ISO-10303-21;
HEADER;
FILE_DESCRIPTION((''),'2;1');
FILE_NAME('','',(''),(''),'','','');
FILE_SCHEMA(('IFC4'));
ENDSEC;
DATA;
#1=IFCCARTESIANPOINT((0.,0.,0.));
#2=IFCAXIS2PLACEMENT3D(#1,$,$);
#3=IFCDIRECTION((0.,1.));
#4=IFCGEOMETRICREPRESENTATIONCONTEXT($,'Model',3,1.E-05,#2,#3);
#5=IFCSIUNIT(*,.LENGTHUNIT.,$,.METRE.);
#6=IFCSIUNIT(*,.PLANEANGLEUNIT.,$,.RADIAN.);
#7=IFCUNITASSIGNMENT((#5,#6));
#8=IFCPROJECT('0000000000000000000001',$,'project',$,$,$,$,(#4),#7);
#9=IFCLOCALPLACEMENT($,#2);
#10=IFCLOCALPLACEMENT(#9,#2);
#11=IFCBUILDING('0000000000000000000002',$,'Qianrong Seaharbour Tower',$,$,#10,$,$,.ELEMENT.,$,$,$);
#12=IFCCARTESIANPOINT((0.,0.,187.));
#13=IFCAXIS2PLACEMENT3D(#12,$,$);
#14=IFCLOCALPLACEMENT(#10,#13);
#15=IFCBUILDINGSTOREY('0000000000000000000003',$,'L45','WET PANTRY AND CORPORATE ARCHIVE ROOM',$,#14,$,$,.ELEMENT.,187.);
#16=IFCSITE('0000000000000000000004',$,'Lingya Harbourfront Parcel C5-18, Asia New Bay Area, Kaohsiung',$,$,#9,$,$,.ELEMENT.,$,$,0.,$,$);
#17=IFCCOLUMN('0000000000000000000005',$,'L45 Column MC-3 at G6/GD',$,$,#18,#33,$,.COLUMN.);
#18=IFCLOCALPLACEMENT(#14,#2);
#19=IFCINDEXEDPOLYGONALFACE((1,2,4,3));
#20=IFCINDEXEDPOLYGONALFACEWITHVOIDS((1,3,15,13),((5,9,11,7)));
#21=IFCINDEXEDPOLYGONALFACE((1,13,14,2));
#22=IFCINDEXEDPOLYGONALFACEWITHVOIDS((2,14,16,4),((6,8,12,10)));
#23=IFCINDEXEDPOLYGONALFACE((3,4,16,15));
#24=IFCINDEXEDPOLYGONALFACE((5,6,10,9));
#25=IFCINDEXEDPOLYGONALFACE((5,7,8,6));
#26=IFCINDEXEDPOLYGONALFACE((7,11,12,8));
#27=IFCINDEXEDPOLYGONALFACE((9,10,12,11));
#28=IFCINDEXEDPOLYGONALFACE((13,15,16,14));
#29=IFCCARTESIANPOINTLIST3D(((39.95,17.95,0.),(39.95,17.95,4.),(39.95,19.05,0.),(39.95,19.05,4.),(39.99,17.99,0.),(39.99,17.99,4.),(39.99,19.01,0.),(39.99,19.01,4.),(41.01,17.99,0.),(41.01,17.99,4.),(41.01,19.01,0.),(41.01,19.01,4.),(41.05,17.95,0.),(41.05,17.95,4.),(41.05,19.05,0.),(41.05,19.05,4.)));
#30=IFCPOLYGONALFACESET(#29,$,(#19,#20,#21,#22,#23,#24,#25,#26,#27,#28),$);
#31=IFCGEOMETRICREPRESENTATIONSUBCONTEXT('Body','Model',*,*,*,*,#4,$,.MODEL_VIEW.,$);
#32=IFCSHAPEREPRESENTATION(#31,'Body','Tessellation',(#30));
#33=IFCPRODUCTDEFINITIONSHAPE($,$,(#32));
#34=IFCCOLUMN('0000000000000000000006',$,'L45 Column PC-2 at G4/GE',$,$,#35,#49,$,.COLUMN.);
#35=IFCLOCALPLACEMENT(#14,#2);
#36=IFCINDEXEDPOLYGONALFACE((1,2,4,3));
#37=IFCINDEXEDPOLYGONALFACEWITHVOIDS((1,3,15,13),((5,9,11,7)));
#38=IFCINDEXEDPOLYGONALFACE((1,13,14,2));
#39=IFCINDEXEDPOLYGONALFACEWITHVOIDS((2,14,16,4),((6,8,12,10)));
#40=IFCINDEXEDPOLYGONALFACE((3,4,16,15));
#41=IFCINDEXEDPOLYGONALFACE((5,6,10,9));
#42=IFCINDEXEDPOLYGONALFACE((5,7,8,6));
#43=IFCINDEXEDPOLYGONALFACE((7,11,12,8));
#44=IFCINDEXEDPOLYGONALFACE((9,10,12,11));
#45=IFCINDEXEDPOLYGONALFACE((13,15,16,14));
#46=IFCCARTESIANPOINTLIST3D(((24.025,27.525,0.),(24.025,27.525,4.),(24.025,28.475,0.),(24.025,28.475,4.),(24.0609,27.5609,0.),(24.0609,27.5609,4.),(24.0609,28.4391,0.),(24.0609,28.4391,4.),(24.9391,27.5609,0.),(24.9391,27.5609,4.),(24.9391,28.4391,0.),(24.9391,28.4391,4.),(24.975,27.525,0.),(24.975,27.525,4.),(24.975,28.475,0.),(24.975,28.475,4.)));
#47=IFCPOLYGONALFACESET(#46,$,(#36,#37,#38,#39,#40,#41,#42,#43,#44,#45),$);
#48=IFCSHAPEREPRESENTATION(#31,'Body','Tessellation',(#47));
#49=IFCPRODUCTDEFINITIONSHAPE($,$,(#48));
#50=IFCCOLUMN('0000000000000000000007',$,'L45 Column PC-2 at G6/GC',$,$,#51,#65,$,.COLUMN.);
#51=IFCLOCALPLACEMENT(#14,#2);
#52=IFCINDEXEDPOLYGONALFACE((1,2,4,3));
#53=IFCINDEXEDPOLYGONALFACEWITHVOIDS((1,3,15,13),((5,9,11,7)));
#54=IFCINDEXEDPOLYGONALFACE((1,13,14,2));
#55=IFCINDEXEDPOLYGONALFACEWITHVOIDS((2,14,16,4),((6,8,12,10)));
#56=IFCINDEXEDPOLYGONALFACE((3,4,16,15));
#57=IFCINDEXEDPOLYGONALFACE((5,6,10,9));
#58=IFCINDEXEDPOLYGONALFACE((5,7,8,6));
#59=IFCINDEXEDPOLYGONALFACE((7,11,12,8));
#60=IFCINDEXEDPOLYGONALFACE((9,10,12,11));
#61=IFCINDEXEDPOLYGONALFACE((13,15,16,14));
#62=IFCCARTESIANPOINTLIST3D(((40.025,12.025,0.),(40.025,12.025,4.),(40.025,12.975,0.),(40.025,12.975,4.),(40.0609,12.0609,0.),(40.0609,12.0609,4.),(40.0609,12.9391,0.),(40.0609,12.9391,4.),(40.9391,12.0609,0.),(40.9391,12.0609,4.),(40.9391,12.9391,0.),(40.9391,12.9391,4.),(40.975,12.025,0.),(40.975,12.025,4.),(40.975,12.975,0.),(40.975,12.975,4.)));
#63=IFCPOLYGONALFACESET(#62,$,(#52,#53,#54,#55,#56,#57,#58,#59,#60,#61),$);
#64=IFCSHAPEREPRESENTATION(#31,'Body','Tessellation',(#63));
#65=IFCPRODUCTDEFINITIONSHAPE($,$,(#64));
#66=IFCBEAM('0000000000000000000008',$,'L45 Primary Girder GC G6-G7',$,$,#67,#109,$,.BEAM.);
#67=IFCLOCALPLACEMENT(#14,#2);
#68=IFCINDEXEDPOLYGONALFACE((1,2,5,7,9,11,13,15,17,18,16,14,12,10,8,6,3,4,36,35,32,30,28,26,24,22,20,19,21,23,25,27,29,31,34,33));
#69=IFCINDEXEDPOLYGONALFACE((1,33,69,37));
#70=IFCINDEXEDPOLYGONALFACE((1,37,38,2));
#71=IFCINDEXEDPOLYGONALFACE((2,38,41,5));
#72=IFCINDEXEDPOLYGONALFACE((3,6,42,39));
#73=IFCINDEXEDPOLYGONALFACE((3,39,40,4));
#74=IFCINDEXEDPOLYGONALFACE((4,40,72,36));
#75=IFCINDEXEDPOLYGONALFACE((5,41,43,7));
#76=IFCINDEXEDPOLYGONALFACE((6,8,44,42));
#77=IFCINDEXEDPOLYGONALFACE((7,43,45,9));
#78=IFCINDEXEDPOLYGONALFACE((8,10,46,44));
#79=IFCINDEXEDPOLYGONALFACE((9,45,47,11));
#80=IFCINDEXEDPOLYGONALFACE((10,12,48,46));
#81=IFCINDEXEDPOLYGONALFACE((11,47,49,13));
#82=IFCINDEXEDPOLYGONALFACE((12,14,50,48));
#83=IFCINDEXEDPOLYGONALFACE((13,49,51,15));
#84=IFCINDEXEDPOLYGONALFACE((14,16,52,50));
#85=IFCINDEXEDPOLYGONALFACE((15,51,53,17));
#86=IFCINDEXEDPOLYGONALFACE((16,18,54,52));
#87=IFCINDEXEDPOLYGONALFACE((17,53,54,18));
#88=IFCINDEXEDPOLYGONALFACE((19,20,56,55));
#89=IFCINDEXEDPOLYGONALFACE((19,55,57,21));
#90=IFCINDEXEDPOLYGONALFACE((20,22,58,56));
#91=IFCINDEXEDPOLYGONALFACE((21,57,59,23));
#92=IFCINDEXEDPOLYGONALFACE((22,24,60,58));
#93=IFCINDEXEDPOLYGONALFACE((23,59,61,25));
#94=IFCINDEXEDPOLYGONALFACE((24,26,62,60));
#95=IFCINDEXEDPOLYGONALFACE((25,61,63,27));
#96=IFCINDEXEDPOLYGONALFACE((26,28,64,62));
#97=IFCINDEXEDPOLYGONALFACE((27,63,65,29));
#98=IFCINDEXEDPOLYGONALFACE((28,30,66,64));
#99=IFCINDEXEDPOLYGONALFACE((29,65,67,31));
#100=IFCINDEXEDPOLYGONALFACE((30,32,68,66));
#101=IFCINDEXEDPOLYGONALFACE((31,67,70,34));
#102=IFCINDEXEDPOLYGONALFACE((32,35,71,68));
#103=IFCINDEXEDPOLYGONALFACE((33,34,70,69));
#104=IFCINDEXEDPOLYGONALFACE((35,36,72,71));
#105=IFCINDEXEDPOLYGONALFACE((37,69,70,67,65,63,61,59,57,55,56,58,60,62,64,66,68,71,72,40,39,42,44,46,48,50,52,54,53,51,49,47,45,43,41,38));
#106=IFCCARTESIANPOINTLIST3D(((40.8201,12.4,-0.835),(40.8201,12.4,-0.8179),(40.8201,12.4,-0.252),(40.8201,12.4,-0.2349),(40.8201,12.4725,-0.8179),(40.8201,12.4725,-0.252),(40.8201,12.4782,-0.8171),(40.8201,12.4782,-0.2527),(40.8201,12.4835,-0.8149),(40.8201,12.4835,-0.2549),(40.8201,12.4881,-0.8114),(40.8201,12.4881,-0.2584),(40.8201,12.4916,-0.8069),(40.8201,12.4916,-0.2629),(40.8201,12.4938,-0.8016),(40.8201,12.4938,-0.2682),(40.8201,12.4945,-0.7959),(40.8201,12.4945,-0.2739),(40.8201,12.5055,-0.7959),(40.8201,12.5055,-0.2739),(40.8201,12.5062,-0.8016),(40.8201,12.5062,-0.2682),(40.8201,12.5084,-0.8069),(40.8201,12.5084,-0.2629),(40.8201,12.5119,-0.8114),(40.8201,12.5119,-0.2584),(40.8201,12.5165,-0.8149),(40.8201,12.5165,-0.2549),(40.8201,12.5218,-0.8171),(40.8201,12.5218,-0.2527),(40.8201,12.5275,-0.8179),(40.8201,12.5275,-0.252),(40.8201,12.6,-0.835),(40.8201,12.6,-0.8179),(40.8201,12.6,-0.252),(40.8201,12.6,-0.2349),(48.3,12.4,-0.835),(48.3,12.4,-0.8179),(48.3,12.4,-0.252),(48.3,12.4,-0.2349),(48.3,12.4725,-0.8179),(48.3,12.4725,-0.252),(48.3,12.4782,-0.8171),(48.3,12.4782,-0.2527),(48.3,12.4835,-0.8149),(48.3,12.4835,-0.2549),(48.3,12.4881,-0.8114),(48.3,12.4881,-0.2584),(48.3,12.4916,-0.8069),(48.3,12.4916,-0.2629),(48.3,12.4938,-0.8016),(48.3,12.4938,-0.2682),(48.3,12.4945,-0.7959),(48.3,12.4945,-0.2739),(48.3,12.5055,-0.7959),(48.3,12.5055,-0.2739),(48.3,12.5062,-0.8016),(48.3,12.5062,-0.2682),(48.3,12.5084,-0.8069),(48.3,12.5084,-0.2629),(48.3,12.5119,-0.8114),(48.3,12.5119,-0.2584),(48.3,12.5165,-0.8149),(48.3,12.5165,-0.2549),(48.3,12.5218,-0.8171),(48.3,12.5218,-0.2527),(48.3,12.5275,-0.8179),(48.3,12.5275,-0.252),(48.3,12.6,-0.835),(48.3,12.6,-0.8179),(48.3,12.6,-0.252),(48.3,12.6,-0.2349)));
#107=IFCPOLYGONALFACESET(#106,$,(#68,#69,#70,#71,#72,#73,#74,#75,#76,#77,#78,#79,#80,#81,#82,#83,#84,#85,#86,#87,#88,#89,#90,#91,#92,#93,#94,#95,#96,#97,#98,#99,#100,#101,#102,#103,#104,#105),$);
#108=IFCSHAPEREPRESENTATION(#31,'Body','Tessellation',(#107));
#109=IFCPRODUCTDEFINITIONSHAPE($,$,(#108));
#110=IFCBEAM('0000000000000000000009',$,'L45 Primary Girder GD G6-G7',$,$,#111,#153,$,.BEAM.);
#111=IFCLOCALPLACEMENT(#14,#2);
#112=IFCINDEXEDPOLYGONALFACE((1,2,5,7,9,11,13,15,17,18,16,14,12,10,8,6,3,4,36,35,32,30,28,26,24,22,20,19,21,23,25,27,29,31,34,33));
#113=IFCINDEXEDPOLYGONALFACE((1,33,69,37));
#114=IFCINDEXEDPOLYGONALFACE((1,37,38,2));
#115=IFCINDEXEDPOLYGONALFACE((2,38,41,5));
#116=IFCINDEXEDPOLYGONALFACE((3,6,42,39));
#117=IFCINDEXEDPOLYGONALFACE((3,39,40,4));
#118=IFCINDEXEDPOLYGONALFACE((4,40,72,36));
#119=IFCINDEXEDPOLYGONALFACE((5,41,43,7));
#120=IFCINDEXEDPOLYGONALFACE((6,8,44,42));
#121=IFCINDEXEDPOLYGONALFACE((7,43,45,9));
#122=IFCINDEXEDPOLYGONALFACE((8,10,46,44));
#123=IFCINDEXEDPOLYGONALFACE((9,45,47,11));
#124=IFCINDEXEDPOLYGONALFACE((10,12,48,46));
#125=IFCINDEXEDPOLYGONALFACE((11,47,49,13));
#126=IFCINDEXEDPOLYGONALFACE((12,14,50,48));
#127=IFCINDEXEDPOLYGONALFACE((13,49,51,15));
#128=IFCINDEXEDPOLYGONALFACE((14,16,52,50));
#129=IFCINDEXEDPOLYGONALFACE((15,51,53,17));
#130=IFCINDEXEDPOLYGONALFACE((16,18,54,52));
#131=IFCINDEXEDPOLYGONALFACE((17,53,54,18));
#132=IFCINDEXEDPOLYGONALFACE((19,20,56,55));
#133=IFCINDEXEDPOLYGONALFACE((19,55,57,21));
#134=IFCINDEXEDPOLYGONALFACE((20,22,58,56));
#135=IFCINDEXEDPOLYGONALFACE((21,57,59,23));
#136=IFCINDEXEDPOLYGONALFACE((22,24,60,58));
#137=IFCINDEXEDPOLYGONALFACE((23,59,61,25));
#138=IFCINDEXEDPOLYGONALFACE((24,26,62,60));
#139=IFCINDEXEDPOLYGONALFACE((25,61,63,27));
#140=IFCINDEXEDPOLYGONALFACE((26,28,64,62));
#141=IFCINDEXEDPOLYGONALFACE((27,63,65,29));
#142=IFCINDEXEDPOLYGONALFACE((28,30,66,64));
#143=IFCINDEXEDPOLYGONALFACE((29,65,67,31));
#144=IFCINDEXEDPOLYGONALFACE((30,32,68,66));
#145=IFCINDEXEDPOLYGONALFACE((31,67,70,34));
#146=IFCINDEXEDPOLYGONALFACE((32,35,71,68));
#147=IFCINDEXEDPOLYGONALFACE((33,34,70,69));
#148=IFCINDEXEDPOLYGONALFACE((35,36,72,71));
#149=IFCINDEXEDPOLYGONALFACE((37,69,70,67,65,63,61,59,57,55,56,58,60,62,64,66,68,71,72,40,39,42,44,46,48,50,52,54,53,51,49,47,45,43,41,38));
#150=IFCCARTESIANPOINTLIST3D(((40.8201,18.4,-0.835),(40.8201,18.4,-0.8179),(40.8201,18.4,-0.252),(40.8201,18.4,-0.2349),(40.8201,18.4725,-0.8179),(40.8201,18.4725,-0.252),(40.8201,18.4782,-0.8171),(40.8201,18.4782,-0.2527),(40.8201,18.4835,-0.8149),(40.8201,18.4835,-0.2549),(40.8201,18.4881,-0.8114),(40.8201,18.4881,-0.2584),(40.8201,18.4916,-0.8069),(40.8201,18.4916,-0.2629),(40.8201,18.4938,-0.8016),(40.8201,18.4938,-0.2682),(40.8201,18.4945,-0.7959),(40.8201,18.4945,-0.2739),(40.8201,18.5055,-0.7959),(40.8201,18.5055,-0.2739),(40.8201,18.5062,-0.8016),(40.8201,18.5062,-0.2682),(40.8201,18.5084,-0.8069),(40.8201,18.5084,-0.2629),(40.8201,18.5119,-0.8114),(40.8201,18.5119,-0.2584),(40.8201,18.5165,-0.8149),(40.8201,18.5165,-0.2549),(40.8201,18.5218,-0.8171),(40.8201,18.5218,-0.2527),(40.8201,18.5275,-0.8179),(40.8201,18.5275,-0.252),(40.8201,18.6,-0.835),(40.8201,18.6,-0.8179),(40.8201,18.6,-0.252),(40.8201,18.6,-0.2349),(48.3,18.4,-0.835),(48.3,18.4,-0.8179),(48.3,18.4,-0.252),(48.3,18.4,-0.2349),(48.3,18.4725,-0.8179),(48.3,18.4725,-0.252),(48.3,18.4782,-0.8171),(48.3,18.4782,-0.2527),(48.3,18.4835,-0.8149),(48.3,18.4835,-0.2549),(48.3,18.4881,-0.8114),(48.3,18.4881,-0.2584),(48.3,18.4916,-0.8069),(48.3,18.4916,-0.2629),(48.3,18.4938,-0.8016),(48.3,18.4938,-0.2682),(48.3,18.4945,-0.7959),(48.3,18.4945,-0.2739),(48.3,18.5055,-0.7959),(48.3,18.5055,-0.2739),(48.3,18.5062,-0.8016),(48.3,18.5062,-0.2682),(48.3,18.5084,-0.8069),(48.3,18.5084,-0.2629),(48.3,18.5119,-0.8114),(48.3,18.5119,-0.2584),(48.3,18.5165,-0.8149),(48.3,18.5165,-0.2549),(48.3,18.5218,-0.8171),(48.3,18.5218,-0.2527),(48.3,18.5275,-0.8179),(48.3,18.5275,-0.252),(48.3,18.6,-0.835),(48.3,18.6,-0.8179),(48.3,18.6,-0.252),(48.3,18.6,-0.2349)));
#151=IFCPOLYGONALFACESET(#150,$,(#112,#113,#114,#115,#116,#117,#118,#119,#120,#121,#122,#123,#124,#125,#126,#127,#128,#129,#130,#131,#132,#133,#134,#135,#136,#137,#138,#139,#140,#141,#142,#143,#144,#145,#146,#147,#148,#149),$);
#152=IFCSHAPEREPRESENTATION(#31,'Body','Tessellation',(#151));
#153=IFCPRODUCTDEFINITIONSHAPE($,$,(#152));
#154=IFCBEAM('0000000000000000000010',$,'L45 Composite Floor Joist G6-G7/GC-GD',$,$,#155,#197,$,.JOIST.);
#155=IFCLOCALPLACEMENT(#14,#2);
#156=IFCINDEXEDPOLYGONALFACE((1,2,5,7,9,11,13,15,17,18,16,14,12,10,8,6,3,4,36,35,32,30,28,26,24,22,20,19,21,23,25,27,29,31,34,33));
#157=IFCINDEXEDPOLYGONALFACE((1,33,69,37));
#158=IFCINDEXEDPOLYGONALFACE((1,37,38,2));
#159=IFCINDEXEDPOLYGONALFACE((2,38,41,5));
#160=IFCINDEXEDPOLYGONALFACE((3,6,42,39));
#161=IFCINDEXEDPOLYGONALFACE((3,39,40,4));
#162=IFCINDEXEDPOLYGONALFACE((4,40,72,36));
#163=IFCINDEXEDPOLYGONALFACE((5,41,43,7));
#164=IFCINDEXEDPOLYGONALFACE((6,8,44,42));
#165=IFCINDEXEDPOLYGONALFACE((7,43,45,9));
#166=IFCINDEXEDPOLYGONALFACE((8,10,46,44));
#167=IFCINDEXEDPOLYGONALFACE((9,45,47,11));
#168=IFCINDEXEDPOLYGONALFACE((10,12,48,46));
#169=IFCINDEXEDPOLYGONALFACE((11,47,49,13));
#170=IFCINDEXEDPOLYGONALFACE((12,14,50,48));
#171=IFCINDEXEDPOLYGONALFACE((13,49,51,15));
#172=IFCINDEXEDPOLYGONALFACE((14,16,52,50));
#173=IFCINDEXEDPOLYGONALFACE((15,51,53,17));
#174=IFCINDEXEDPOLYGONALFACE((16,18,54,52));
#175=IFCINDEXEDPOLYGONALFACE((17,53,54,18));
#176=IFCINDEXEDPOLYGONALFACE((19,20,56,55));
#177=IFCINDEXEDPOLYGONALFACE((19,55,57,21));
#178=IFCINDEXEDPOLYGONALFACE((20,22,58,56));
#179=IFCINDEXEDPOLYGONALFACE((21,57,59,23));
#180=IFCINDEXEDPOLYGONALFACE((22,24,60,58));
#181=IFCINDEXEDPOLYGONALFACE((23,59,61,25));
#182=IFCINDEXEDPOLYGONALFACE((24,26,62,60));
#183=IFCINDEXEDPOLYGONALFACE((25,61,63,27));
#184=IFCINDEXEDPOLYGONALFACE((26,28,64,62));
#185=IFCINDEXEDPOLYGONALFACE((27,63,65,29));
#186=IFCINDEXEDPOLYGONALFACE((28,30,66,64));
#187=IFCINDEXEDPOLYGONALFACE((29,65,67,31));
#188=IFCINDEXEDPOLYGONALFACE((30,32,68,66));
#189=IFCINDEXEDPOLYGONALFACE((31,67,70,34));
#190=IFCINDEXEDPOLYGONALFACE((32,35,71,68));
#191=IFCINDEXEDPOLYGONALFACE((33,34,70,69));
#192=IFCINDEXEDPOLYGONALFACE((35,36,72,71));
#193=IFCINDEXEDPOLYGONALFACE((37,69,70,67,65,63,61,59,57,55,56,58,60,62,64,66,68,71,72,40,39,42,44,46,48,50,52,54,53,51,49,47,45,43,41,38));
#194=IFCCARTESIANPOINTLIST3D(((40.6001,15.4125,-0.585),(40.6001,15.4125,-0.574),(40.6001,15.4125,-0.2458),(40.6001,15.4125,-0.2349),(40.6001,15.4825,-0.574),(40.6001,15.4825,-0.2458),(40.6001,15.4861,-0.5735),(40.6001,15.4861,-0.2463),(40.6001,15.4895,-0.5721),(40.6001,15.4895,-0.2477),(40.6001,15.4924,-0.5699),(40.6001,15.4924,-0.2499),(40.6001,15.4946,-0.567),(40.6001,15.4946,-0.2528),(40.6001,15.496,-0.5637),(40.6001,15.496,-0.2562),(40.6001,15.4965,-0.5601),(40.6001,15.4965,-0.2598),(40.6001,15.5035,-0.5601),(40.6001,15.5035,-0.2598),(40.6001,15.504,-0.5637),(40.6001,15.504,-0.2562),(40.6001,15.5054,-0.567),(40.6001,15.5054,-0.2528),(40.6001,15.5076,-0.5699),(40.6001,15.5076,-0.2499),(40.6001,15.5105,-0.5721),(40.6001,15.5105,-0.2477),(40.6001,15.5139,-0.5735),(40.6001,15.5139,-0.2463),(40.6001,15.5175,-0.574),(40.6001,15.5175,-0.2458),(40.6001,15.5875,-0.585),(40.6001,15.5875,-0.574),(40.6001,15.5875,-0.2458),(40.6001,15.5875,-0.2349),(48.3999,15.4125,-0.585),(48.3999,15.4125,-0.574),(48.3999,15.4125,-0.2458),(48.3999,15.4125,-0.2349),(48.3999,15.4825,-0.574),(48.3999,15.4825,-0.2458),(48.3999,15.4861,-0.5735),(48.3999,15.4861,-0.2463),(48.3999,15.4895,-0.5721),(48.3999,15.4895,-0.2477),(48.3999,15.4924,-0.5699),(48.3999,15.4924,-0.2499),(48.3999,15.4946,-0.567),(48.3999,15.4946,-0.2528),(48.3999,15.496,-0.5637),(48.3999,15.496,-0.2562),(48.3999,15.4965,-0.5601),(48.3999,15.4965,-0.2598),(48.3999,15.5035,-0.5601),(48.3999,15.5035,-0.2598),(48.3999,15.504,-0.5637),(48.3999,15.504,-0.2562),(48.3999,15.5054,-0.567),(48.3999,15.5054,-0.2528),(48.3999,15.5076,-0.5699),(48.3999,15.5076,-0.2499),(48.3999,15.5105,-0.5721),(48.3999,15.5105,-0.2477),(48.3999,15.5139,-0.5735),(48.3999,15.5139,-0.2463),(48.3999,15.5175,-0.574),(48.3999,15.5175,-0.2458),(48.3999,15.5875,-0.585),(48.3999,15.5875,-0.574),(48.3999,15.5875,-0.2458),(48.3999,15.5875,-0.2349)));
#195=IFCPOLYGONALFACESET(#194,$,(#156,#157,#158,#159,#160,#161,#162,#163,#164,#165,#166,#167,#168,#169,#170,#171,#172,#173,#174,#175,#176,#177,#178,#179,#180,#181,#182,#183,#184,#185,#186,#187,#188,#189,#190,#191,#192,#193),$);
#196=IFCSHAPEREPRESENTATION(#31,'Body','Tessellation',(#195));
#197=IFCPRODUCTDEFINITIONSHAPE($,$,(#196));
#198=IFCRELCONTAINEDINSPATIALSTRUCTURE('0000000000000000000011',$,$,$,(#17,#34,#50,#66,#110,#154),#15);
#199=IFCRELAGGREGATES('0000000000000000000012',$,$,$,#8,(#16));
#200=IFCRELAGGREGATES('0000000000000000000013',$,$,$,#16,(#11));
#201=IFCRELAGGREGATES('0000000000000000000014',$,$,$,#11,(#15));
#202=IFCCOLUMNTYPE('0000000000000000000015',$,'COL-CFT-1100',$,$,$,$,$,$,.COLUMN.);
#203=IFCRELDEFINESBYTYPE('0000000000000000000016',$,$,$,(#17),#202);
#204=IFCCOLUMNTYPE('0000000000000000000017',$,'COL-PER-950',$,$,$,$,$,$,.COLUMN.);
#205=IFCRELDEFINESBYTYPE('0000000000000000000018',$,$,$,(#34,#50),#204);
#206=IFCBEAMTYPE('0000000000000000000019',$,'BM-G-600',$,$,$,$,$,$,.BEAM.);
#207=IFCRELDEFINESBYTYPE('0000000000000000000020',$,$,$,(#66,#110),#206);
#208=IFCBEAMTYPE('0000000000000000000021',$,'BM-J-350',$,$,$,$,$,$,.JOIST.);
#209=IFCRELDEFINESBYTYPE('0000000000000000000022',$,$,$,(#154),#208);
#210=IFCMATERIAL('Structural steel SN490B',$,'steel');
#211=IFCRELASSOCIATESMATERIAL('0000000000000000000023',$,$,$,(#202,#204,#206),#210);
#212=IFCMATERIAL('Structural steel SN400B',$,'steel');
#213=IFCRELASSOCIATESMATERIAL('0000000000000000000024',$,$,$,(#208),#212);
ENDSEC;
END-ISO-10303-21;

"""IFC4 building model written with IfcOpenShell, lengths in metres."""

from ifc_helpers import new_model, si_unit, direction, frame, origin, origin_2d, place, context, subcontext, project, spatial, hollow_rectangle, i_section, extrude, material, material_profile, profile_set, type_object, element, save


model = new_model("IFC4")

# Units and contexts
model_context = context("Model", 3, precision=1e-05, world=origin(), true_north=direction((0.0, 1.0)))
body_context = subcontext(model_context, "Body", "Model", "MODEL_VIEW")
ifc_project = project(units=[si_unit("LENGTHUNIT", "METRE"), si_unit("PLANEANGLEUNIT", "RADIAN")], contexts=[model_context])

# Site, building, storey
site_placement = place(None, origin())
site = spatial("IfcSite", under=ifc_project, at=site_placement, Name="Lingya Harbourfront Parcel C5-18, Asia New Bay Area, Kaohsiung", CompositionType="ELEMENT", RefElevation=0.0)
building_placement = place(site_placement, origin())
building = spatial("IfcBuilding", under=site, at=building_placement, Name="Qianrong Seaharbour Tower", CompositionType="ELEMENT")
storey_placement = place(building_placement, frame((0.0, 0.0, 187.0)))
storey = spatial("IfcBuildingStorey", under=building, at=storey_placement, Name="L45", Description="WET PANTRY AND CORPORATE ARCHIVE ROOM", CompositionType="ELEMENT", Elevation=187.0)

# Columns
ifc_material_1 = material(Name="Structural steel SN490B", Category="steel")
ifc_material_profile_1 = material_profile(ifc_material_1, hollow_rectangle(XDim=1.1001, YDim=1.1001, WallThickness=0.04, at=origin_2d()), Name="BOX1100x1100x40")
ifc_profile_set_1 = profile_set([ifc_material_profile_1], Name="Structural steel SN490B")
column_type_1 = type_object("IfcColumnType", Name="COL-CFT-1100", PredefinedType="COLUMN", material=ifc_profile_set_1)
column_placement = place(storey_placement, frame((40.5, 18.5, 0.0), z_axis=(0.0, 0.0, 1.0), x_axis=(1.0, 0.0, 0.0)))
element("IfcColumn", 1, at=column_placement, inside=storey, type_object=column_type_1, Name="L45 Column MC-3 at G6/GD", PredefinedType="COLUMN", context=body_context, shape_type="SweptSolid", body=[
    extrude(hollow_rectangle(XDim=1.1001, YDim=1.1001, WallThickness=0.04, at=origin_2d()), origin(), (0.0, 0.0, 1.0), 4.0),
])
ifc_material_profile_2 = material_profile(ifc_material_1, hollow_rectangle(XDim=0.95, YDim=0.95, WallThickness=0.0359, at=origin_2d()), Name="BOX950x950x36")
ifc_profile_set_2 = profile_set([ifc_material_profile_2], Name="Structural steel SN490B")
column_type_2 = type_object("IfcColumnType", Name="COL-PER-950", PredefinedType="COLUMN", material=ifc_profile_set_2)
for number, where, z_axis, x_axis, name in (
    (2, (24.5, 28.0, 0.0), (0.0, 0.0, 1.0), (1.0, 0.0, 0.0), "L45 Column PC-2 at G4/GE"),
    (3, (40.5, 12.5, 0.0), (0.0, 0.0, 1.0), (1.0, 0.0, 0.0), "L45 Column PC-2 at G6/GC"),
):
    element("IfcColumn", number, at=place(storey_placement, frame(where, z_axis=z_axis, x_axis=x_axis)), inside=storey, type_object=column_type_2, Name=name, PredefinedType="COLUMN", context=body_context, shape_type="SweptSolid", body=[
        extrude(hollow_rectangle(XDim=0.95, YDim=0.95, WallThickness=0.0359, at=origin_2d()), origin(), (0.0, 0.0, 1.0), 4.0),
    ])

# Beams
ifc_material_profile_3 = material_profile(ifc_material_1, i_section(OverallWidth=0.2, OverallDepth=0.6001, WebThickness=0.011, FlangeThickness=0.0171, FilletRadius=0.022, at=origin_2d()), Name="H600x200x11x17")
ifc_profile_set_3 = profile_set([ifc_material_profile_3], Name="Structural steel SN490B")
beam_type_1 = type_object("IfcBeamType", Name="BM-G-600", PredefinedType="BEAM", material=ifc_profile_set_3)
for number, where, z_axis, x_axis, name in (
    (4, (40.8201, 12.5, -0.5349), (1.0, 0.0, 0.0), (0.0, 1.0, 0.0), "L45 Primary Girder GC G6-G7"),
    (5, (40.8201, 18.5, -0.5349), (1.0, 0.0, 0.0), (0.0, 1.0, 0.0), "L45 Primary Girder GD G6-G7"),
):
    element("IfcBeam", number, at=place(storey_placement, frame(where, z_axis=z_axis, x_axis=x_axis)), inside=storey, type_object=beam_type_1, Name=name, PredefinedType="BEAM", context=body_context, shape_type="SweptSolid", body=[
        extrude(i_section(OverallWidth=0.2, OverallDepth=0.6001, WebThickness=0.011, FlangeThickness=0.0171, FilletRadius=0.022, at=origin_2d()), origin(), (0.0, 0.0, 1.0), 7.48),
    ])
ifc_material_2 = material(Name="Structural steel SN400B", Category="steel")
ifc_material_profile_4 = material_profile(ifc_material_2, i_section(OverallWidth=0.175, OverallDepth=0.3501, WebThickness=0.0071, FlangeThickness=0.011, FilletRadius=0.0139, at=origin_2d()), Name="H350x175x7x11")
ifc_profile_set_4 = profile_set([ifc_material_profile_4], Name="Structural steel SN400B")
beam_type_2 = type_object("IfcBeamType", Name="BM-J-350", PredefinedType="JOIST", material=ifc_profile_set_4)
beam_1_placement = place(storey_placement, frame((40.6001, 15.5, -0.4099), z_axis=(1.0, 0.0, 0.0), x_axis=(0.0, 1.0, 0.0)))
element("IfcBeam", 6, at=beam_1_placement, inside=storey, type_object=beam_type_2, Name="L45 Composite Floor Joist G6-G7/GC-GD", PredefinedType="JOIST", context=body_context, shape_type="SweptSolid", body=[
    extrude(i_section(OverallWidth=0.175, OverallDepth=0.3501, WebThickness=0.0071, FlangeThickness=0.011, FilletRadius=0.0139, at=origin_2d()), origin(), (0.0, 0.0, 1.0), 7.7998),
])

save(model, "model.ifc")
